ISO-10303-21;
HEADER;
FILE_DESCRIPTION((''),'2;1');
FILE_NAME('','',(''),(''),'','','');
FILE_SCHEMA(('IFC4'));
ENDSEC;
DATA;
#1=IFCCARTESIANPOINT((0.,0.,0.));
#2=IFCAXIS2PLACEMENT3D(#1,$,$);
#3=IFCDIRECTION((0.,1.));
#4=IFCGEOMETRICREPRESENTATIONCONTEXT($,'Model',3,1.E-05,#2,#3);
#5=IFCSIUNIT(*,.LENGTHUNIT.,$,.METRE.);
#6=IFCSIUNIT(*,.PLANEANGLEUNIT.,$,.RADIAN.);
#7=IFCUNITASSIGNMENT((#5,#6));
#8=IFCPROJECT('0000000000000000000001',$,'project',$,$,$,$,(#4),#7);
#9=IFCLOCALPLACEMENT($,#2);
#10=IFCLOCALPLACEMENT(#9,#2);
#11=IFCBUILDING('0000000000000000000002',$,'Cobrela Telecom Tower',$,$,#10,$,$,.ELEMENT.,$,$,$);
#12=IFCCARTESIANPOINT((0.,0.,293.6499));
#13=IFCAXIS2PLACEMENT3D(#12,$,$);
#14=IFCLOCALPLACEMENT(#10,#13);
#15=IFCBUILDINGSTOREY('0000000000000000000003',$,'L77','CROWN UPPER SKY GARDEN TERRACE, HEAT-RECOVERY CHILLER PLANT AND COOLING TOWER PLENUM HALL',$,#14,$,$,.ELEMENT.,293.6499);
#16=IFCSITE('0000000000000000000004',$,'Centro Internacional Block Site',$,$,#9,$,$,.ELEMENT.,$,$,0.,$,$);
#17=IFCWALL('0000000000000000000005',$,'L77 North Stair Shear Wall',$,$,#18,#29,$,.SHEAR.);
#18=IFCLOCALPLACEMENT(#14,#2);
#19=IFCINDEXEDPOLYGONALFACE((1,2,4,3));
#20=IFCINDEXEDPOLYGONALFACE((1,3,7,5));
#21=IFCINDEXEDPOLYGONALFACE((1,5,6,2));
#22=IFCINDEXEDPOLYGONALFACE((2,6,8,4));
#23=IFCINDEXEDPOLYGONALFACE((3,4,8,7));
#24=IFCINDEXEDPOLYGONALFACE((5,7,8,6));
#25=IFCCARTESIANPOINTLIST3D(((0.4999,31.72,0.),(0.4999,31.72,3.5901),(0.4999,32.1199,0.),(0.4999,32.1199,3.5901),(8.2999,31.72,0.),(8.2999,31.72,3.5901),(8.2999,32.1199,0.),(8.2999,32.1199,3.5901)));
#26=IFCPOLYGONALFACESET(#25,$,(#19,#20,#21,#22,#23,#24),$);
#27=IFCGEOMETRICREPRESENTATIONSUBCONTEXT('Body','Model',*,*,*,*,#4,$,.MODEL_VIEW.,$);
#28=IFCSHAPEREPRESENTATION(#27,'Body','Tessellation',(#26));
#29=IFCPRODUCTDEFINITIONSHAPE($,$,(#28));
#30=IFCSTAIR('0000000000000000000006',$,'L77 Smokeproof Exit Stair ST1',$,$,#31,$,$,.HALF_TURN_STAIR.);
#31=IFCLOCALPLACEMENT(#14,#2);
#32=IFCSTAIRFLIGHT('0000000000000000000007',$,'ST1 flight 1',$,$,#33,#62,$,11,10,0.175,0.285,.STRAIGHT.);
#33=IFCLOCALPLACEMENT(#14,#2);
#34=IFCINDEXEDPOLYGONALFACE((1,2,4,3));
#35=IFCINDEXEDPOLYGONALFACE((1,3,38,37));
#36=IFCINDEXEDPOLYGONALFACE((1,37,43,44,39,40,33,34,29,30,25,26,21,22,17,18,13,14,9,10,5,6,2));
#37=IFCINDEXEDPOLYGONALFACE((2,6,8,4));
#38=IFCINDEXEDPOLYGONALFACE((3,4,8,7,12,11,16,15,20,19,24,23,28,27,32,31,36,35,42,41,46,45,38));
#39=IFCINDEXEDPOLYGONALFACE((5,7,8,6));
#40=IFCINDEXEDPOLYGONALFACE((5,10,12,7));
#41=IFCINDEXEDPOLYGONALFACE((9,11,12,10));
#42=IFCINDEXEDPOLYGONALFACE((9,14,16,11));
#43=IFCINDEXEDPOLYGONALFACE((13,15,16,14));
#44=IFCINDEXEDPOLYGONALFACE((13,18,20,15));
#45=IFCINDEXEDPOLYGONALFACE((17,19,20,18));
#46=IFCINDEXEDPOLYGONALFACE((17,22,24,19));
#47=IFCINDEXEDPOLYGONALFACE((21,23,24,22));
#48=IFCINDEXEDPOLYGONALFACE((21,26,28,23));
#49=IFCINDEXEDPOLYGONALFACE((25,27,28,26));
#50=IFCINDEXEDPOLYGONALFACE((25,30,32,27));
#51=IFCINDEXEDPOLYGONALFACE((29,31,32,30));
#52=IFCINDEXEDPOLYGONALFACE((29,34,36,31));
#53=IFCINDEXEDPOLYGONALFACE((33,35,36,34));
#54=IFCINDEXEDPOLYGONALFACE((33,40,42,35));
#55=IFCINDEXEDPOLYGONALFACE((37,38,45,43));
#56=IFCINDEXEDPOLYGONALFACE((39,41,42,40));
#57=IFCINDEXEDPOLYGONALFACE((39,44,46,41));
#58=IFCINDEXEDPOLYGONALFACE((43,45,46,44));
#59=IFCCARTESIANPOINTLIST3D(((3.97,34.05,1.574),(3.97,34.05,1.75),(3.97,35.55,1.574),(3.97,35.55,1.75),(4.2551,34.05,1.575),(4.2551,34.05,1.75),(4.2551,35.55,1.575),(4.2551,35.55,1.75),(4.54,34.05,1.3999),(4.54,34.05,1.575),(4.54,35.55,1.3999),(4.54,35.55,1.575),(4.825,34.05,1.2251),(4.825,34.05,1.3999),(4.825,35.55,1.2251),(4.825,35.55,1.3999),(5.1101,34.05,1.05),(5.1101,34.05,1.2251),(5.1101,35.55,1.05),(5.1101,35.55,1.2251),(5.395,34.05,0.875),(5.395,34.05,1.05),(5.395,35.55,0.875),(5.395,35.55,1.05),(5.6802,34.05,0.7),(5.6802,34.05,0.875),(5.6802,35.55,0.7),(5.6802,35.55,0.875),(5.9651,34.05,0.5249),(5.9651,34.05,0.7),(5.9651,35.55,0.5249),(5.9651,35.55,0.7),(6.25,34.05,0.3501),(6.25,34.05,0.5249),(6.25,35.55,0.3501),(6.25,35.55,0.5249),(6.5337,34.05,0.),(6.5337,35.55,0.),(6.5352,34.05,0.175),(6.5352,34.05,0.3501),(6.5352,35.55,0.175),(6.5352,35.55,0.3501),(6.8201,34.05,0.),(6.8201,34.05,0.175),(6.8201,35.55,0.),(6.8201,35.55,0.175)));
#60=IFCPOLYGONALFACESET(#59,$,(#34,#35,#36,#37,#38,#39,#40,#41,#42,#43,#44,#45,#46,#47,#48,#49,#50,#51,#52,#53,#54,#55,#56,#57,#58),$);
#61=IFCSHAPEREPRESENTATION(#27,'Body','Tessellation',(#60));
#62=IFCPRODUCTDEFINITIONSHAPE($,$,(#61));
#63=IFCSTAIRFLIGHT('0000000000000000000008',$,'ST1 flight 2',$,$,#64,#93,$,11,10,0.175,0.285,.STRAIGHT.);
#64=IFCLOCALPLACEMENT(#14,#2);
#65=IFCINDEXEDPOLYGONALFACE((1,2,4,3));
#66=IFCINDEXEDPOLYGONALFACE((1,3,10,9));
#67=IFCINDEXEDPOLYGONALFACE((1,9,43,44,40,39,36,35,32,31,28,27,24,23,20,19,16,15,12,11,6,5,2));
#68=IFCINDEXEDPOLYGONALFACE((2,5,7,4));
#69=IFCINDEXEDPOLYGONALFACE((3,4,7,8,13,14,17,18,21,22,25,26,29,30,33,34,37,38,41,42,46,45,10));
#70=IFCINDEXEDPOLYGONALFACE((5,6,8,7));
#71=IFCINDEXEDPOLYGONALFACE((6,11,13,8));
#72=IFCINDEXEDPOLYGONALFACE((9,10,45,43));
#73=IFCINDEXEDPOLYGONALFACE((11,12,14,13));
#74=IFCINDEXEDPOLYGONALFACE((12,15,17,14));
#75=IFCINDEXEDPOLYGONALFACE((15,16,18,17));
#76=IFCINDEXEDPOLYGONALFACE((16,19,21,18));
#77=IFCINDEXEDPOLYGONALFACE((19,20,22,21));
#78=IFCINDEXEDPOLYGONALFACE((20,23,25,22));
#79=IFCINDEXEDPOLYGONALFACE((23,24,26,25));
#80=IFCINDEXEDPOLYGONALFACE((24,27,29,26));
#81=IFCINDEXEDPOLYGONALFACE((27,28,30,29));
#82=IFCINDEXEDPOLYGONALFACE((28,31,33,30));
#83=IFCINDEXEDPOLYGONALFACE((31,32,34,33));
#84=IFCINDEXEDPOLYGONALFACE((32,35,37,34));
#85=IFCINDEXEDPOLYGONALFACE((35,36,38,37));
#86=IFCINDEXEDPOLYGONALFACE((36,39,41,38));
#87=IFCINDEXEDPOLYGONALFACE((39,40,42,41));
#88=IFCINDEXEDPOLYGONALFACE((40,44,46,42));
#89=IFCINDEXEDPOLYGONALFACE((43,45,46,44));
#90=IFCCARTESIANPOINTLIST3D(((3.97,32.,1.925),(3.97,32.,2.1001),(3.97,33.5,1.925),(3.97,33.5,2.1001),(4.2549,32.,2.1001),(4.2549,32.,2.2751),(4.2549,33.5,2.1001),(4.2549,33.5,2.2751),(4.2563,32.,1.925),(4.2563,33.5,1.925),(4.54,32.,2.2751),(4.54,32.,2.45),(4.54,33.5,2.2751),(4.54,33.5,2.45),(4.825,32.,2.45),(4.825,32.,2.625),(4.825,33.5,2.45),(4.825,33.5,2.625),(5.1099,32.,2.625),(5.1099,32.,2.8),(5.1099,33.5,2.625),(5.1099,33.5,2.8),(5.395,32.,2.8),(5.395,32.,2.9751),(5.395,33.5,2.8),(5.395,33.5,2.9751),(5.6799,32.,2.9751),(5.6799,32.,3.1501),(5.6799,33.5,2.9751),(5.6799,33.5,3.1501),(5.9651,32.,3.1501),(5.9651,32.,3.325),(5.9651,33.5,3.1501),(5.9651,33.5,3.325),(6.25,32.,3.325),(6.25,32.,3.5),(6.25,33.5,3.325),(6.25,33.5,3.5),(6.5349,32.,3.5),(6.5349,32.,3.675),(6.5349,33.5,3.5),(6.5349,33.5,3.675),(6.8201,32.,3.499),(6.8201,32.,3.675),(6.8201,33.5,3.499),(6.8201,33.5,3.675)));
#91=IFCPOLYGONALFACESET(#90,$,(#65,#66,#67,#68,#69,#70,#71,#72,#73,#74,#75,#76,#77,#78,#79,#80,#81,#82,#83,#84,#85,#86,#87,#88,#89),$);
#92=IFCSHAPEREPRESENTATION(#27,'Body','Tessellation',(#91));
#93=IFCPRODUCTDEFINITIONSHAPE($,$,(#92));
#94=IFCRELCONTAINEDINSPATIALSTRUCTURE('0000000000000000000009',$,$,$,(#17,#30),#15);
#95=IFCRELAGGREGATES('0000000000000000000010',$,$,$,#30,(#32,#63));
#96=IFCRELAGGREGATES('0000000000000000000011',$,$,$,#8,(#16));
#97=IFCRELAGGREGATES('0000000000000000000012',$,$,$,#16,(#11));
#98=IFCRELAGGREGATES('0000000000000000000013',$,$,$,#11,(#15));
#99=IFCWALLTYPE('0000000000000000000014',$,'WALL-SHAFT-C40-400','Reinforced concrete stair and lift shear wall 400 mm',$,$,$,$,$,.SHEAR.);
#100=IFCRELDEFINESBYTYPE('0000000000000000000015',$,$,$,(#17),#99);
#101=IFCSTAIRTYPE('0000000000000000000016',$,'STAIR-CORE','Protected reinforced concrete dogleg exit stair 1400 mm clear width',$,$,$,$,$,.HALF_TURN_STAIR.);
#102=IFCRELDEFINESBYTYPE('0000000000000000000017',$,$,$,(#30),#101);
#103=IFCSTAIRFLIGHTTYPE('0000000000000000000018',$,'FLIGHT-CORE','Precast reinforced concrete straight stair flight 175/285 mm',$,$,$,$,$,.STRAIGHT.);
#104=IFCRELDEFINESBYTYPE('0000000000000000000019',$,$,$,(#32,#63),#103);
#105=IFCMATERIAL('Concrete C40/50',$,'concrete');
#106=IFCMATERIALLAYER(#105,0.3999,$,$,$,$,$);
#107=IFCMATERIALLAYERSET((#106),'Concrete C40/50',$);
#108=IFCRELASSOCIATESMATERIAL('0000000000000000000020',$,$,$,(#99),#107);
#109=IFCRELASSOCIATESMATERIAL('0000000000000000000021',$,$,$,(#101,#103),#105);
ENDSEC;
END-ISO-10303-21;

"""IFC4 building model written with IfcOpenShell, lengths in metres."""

from ifc_helpers import new_model, si_unit, direction, frame, frame_2d, origin, place, context, subcontext, project, spatial, polyline, rectangle, outline, extrude, material, layer, layer_set, type_object, element, aggregate, save


model = new_model("IFC4")

# Units and contexts
model_context = context("Model", 3, precision=1e-05, world=origin(), true_north=direction((0.0, 1.0)))
body_context = subcontext(model_context, "Body", "Model", "MODEL_VIEW")
ifc_project = project(units=[si_unit("LENGTHUNIT", "METRE"), si_unit("PLANEANGLEUNIT", "RADIAN")], contexts=[model_context])

# Site, building, storey
site_placement = place(None, origin())
site = spatial("IfcSite", under=ifc_project, at=site_placement, Name="Centro Internacional Block Site", CompositionType="ELEMENT", RefElevation=0.0)
building_placement = place(site_placement, origin())
building = spatial("IfcBuilding", under=site, at=building_placement, Name="Cobrela Telecom Tower", CompositionType="ELEMENT")
storey_placement = place(building_placement, frame((0.0, 0.0, 293.6499)))
storey = spatial("IfcBuildingStorey", under=building, at=storey_placement, Name="L77", Description="CROWN UPPER SKY GARDEN TERRACE, HEAT-RECOVERY CHILLER PLANT AND COOLING TOWER PLENUM HALL", CompositionType="ELEMENT", Elevation=293.6499)

# Shared definitions
ifc_material_1 = material(Name="Concrete C40/50", Category="concrete")

# Wall
ifc_layer_1 = layer(ifc_material_1, 0.3999)
ifc_layer_set_1 = layer_set([ifc_layer_1], Name="Concrete C40/50")
wall_type_1 = type_object("IfcWallType", Name="WALL-SHAFT-C40-400", Description="Reinforced concrete stair and lift shear wall 400 mm", PredefinedType="SHEAR", material=ifc_layer_set_1)
wall_1_placement = place(storey_placement, frame((0.5, 31.9199, 0.0), z_axis=(0.0, 0.0, 1.0), x_axis=(1.0, 0.0, 0.0)))
element("IfcWall", 1, at=wall_1_placement, inside=storey, type_object=wall_type_1, Name="L77 North Stair Shear Wall", PredefinedType="SHEAR", context=body_context, shape_type="SweptSolid", body=[
    extrude(rectangle(XDim=7.8, YDim=0.3999, at=frame_2d((3.8999, 0.0))), origin(), (0.0, 0.0, 1.0), 3.5901),
])

# Stair, stair flights
stair_type = type_object("IfcStairType", Name="STAIR-CORE", Description="Protected reinforced concrete dogleg exit stair 1400 mm clear width", PredefinedType="HALF_TURN_STAIR", material=ifc_material_1)
stair_placement = place(storey_placement, origin())
stair = element("IfcStair", 2, at=stair_placement, inside=storey, type_object=stair_type, Name="L77 Smokeproof Exit Stair ST1", PredefinedType="HALF_TURN_STAIR")
stair_flight_type = type_object("IfcStairFlightType", Name="FLIGHT-CORE", Description="Precast reinforced concrete straight stair flight 175/285 mm", PredefinedType="STRAIGHT", material=ifc_material_1)
stair_flight_1_placement = place(storey_placement, frame((6.8201, 34.8, 0.0), z_axis=(0.0, 0.0, 1.0), x_axis=(-1.0, 0.0, 0.0)))
stair_flight_1 = element("IfcStairFlight", 3, at=stair_flight_1_placement, type_object=stair_flight_type, Name="ST1 flight 1", NumberOfRisers=11, NumberOfTreads=10, PredefinedType="STRAIGHT", RiserHeight=0.175, TreadLength=0.285, context=body_context, shape_type="SweptSolid", body=[
    extrude(outline(polyline([(0.0, 0.0), (0.0, 0.175), (0.2849, 0.175), (0.2849, 0.3501), (0.5701, 0.3501), (0.5701, 0.5249), (0.855, 0.5249), (0.855, 0.7), (1.1399, 0.7), (1.1399, 0.875), (1.425, 0.875), (1.425, 1.05), (1.71, 1.05), (1.71, 1.2251), (1.9951, 1.2251), (1.9951, 1.3999), (2.28, 1.3999), (2.28, 1.575), (2.5649, 1.575), (2.5649, 1.75), (2.8501, 1.75), (2.8501, 1.925), (2.8501, 1.574), (0.2864, 0.0), (0.0, 0.0)])), frame((0.0, 0.75, 0.0), z_axis=(0.0, -1.0, 0.0), x_axis=(1.0, 0.0, 0.0)), (0.0, 0.0, 1.0), 1.5),
])
stair_flight_2_placement = place(storey_placement, frame((3.97, 32.75, 1.925), z_axis=(0.0, 0.0, 1.0), x_axis=(1.0, 0.0, 0.0)))
stair_flight_2 = element("IfcStairFlight", 4, at=stair_flight_2_placement, type_object=stair_flight_type, Name="ST1 flight 2", NumberOfRisers=11, NumberOfTreads=10, PredefinedType="STRAIGHT", RiserHeight=0.175, TreadLength=0.285, context=body_context, shape_type="SweptSolid", body=[
    extrude(outline(polyline([(0.0, 0.0), (0.0, 0.175), (0.2849, 0.175), (0.2849, 0.3501), (0.5701, 0.3501), (0.5701, 0.5249), (0.855, 0.5249), (0.855, 0.7), (1.1399, 0.7), (1.1399, 0.875), (1.425, 0.875), (1.425, 1.05), (1.71, 1.05), (1.71, 1.2251), (1.9951, 1.2251), (1.9951, 1.3999), (2.28, 1.3999), (2.28, 1.575), (2.5649, 1.575), (2.5649, 1.75), (2.8501, 1.75), (2.8501, 1.925), (2.8501, 1.574), (0.2864, 0.0), (0.0, 0.0)])), frame((0.0, 0.75, 0.0), z_axis=(0.0, -1.0, 0.0), x_axis=(1.0, 0.0, 0.0)), (0.0, 0.0, 1.0), 1.5),
])
aggregate(stair, [stair_flight_1, stair_flight_2])

save(model, "model.ifc")
